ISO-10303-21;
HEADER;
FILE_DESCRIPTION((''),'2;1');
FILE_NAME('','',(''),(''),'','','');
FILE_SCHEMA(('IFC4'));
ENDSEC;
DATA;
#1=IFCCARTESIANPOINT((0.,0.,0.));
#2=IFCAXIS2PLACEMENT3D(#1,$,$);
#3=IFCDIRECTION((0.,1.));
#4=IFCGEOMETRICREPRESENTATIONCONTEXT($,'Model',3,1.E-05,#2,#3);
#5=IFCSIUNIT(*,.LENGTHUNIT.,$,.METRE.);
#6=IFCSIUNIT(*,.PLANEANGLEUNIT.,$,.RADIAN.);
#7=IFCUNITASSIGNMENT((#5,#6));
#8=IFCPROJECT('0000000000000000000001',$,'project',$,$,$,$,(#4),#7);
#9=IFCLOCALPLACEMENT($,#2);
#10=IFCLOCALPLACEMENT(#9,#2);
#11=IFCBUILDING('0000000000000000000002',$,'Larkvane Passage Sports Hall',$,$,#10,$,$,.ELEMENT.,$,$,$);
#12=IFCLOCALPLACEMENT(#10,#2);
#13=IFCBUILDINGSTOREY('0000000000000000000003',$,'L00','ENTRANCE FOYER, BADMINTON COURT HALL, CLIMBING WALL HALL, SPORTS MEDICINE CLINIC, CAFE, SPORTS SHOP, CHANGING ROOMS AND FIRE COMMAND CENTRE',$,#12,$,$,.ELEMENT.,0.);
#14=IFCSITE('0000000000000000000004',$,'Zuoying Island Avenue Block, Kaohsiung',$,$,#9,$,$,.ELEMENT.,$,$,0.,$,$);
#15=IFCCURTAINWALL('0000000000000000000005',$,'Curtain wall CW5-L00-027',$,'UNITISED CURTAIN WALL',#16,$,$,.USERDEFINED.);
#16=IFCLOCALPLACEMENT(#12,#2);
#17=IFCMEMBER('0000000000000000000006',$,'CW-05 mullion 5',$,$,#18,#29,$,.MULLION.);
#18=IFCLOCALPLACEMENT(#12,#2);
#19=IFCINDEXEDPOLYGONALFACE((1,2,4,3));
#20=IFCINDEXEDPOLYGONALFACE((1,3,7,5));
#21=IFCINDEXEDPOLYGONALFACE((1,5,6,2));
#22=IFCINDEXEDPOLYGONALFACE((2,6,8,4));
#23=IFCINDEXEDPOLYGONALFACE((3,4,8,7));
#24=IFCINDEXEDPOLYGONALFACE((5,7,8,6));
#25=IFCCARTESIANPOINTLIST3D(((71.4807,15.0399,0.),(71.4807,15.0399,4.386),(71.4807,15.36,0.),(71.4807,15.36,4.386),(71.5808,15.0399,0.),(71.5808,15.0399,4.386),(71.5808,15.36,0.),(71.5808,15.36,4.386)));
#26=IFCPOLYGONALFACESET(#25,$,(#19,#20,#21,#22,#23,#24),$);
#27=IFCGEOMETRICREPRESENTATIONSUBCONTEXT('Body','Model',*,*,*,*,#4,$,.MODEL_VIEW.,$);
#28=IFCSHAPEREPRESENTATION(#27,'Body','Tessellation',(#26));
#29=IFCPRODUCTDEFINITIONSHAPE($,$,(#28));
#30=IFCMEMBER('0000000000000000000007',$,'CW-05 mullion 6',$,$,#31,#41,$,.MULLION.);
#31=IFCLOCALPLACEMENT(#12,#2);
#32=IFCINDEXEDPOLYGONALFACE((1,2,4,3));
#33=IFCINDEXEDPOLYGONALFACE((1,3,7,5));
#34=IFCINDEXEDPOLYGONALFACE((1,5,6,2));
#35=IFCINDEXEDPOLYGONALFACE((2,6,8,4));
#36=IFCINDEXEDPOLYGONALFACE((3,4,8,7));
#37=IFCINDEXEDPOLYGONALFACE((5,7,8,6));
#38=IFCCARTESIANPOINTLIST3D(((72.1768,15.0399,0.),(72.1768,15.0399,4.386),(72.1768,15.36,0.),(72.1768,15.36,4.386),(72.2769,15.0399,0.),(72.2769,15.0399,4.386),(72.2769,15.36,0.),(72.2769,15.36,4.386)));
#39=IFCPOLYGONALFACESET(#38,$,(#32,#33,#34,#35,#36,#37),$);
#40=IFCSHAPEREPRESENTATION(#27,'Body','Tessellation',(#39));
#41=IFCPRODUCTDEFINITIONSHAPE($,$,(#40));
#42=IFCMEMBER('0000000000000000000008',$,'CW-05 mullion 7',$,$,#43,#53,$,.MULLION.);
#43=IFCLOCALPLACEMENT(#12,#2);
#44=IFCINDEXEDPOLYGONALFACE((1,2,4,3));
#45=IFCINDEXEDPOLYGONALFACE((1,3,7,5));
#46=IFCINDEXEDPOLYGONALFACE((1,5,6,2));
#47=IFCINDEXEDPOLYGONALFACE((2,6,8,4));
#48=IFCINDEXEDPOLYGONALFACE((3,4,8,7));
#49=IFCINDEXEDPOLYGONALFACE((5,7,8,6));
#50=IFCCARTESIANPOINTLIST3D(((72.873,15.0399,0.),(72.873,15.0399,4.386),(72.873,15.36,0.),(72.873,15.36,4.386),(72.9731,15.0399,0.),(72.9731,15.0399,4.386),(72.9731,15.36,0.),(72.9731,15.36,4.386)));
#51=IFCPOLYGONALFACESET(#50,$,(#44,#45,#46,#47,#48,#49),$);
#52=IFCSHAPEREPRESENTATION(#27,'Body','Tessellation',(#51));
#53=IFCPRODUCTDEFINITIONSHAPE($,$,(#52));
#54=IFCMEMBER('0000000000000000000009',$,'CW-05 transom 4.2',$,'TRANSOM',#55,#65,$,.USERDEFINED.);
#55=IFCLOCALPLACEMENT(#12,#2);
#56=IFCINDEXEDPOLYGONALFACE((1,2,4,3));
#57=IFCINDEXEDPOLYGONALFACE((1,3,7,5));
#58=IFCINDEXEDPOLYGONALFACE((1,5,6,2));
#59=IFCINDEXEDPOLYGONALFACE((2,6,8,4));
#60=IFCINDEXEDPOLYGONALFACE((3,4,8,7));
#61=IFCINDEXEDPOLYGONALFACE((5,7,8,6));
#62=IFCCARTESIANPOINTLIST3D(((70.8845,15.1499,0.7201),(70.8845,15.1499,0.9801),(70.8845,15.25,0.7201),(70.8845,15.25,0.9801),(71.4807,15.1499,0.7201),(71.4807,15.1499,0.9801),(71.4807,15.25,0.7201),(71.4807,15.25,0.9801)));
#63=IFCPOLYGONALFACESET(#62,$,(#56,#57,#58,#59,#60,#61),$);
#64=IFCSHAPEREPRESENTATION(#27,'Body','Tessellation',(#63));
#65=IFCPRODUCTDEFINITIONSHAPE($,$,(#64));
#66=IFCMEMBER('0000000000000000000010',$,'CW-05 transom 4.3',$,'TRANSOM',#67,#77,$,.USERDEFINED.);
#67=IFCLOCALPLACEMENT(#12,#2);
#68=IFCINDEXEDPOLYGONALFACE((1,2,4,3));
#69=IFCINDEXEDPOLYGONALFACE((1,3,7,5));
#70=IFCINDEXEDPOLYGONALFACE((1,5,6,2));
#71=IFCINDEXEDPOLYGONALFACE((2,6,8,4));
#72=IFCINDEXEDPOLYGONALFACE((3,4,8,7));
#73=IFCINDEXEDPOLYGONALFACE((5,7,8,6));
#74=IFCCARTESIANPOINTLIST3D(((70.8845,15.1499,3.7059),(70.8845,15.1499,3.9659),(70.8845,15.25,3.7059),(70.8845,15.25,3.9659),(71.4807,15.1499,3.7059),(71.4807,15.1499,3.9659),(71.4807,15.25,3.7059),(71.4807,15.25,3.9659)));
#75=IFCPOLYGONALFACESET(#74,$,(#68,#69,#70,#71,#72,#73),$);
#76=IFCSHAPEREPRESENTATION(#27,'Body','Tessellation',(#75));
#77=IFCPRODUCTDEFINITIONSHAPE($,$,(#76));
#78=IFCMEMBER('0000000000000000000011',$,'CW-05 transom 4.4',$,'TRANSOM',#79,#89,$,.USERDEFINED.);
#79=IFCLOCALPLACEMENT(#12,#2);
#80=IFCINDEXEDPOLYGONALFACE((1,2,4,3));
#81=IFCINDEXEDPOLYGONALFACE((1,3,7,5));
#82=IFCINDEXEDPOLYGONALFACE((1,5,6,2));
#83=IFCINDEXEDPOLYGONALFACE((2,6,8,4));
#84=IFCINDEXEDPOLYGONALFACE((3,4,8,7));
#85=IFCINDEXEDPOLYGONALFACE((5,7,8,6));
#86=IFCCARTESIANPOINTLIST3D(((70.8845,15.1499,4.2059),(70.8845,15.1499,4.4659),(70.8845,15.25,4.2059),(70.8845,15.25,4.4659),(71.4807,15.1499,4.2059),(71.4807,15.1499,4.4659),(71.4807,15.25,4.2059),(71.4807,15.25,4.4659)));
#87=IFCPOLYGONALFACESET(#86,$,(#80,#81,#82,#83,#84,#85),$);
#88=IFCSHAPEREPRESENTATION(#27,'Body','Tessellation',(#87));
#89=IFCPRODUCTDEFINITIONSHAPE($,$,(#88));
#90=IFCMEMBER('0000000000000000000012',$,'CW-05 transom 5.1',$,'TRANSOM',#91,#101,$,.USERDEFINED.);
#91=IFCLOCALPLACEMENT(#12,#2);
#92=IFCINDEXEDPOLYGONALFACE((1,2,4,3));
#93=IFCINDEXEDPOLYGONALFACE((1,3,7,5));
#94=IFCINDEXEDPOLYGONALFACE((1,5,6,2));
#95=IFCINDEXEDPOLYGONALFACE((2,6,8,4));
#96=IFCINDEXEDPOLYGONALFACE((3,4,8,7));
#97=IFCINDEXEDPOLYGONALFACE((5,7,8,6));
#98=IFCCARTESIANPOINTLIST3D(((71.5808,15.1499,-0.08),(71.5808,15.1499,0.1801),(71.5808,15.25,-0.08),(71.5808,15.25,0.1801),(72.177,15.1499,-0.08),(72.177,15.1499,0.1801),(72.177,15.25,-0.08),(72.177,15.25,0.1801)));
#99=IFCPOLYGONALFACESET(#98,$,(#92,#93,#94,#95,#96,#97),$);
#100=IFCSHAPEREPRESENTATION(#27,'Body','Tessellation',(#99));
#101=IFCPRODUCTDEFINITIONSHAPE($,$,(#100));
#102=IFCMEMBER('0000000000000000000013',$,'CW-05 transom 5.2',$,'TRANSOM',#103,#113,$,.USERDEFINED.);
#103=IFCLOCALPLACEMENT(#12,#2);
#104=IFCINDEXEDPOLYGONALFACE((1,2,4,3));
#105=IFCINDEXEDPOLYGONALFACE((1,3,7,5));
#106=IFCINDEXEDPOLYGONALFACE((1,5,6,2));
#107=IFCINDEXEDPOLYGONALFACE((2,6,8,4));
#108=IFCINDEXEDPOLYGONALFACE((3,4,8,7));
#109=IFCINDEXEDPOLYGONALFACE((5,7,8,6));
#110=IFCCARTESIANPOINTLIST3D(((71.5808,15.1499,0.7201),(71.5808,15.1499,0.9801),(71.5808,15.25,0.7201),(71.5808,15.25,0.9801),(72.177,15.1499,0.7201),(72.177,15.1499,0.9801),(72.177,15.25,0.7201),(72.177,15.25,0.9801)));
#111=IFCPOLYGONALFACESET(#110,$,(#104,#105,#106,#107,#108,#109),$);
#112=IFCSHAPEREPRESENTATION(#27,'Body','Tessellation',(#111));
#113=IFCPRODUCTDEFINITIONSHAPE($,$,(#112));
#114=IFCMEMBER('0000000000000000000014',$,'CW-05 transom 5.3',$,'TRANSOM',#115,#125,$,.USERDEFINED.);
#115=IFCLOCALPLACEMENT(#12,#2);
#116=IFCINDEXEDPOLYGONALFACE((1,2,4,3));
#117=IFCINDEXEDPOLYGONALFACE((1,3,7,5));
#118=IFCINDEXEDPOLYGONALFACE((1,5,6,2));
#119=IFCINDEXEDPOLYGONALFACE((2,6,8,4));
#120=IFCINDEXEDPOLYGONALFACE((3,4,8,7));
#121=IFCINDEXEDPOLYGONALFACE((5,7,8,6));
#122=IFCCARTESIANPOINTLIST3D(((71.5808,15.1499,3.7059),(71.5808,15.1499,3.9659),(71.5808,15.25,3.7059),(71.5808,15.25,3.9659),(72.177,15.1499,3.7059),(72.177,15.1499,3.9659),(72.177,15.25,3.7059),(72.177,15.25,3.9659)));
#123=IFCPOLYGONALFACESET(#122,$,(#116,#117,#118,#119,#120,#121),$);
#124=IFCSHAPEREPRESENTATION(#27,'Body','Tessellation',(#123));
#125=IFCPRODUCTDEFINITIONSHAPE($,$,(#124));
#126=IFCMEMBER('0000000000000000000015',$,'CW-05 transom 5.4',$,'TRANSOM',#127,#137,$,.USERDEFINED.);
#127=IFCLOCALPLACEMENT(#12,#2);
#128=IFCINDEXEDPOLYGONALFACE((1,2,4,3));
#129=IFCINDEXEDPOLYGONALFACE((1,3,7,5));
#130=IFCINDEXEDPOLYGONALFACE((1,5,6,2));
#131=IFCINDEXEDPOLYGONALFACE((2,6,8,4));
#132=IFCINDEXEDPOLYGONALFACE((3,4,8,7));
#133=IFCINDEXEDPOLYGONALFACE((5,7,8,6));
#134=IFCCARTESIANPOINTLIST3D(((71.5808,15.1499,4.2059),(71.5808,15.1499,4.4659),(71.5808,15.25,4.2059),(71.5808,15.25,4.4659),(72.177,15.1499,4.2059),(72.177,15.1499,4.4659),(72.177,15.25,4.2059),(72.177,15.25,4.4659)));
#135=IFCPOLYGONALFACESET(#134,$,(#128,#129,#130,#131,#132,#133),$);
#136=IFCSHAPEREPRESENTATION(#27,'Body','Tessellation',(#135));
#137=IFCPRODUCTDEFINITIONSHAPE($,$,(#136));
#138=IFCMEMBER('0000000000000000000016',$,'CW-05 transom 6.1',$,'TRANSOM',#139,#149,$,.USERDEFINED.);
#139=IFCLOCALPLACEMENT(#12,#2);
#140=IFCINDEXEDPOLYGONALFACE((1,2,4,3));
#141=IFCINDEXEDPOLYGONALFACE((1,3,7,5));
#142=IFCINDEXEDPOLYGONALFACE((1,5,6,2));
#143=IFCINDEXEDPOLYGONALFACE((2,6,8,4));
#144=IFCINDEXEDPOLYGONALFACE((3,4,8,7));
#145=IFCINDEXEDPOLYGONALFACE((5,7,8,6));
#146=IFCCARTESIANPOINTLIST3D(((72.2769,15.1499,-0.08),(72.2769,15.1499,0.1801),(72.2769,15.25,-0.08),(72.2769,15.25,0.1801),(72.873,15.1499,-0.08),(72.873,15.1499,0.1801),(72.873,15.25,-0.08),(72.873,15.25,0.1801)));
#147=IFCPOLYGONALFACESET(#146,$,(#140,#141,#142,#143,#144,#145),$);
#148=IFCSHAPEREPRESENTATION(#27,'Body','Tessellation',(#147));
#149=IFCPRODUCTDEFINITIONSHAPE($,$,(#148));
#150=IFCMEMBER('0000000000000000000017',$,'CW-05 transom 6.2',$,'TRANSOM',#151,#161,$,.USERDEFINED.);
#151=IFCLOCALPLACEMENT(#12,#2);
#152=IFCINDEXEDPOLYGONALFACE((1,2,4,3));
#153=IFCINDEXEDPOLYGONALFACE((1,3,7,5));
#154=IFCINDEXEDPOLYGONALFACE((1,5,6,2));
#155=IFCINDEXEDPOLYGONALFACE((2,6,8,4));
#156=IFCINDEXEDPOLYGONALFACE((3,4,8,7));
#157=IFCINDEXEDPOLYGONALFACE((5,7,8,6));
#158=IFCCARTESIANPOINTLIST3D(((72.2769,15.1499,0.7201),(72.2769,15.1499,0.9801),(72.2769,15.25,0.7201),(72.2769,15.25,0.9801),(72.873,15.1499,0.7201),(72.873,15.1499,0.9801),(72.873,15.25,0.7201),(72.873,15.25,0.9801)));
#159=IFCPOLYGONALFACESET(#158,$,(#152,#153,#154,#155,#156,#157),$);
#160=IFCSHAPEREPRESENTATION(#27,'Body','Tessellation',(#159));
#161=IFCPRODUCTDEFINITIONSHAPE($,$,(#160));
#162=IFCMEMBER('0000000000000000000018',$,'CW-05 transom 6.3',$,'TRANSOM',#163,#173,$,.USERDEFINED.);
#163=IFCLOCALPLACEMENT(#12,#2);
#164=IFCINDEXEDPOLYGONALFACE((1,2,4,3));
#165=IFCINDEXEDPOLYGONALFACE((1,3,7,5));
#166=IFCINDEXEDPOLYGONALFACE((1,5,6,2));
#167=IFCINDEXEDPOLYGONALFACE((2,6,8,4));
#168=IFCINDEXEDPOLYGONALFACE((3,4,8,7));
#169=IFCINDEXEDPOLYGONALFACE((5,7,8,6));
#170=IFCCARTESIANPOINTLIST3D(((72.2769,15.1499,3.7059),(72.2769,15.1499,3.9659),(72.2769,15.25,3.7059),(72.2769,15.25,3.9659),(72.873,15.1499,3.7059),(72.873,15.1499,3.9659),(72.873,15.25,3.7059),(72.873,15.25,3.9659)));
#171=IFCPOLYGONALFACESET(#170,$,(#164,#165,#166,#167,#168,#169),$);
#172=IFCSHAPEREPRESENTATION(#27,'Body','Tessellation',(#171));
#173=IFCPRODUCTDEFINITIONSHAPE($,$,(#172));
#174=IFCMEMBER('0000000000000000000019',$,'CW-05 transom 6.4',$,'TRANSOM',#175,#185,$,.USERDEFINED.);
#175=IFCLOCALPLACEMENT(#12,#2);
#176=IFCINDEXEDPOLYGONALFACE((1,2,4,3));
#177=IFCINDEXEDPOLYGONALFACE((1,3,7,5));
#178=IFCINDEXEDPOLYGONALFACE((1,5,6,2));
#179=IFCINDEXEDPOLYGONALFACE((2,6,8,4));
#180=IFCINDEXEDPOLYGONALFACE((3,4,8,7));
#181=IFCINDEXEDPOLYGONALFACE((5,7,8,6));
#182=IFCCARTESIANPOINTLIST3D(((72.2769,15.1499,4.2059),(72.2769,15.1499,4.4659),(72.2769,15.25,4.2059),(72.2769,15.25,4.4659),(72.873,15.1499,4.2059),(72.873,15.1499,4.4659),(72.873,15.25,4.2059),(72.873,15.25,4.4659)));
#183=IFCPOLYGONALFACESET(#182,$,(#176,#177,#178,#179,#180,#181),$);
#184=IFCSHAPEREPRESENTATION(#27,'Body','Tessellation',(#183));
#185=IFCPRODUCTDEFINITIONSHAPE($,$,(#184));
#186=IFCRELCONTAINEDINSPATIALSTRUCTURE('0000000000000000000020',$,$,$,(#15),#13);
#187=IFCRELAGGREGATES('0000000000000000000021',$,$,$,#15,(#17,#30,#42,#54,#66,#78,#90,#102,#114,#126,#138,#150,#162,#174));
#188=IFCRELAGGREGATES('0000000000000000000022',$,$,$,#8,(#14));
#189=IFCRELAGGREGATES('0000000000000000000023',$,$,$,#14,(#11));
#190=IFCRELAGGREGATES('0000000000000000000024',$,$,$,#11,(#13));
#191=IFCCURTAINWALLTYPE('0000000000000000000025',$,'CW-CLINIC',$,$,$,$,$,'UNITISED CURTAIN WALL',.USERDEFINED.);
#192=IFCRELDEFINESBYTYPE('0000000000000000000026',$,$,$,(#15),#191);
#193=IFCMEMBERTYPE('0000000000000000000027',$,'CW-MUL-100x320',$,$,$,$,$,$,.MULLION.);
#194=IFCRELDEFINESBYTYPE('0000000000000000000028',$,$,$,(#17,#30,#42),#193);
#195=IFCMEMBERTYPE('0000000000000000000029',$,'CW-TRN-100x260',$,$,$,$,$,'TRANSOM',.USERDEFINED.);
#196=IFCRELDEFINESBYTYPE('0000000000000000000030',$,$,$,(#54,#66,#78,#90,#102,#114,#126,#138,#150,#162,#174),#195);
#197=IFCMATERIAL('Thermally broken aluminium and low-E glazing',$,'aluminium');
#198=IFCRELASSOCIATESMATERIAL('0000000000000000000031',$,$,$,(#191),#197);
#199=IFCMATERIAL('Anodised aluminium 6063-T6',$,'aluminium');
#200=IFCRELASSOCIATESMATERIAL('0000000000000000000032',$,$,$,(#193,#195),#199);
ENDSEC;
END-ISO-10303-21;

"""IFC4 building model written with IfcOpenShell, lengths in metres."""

from ifc_helpers import new_model, si_unit, direction, frame, origin, origin_2d, place, context, subcontext, project, spatial, rectangle, extrude, material, material_profile, profile_set, type_object, element, aggregate, save


model = new_model("IFC4")

# Units and contexts
model_context = context("Model", 3, precision=1e-05, world=origin(), true_north=direction((0.0, 1.0)))
body_context = subcontext(model_context, "Body", "Model", "MODEL_VIEW")
ifc_project = project(units=[si_unit("LENGTHUNIT", "METRE"), si_unit("PLANEANGLEUNIT", "RADIAN")], contexts=[model_context])

# Site, building, storey
site_placement = place(None, origin())
site = spatial("IfcSite", under=ifc_project, at=site_placement, Name="Zuoying Island Avenue Block, Kaohsiung", CompositionType="ELEMENT", RefElevation=0.0)
building_placement = place(site_placement, origin())
building = spatial("IfcBuilding", under=site, at=building_placement, Name="Larkvane Passage Sports Hall", CompositionType="ELEMENT")
storey_placement = place(building_placement, origin())
storey = spatial("IfcBuildingStorey", under=building, at=storey_placement, Name="L00", Description="ENTRANCE FOYER, BADMINTON COURT HALL, CLIMBING WALL HALL, SPORTS MEDICINE CLINIC, CAFE, SPORTS SHOP, CHANGING ROOMS AND FIRE COMMAND CENTRE", CompositionType="ELEMENT", Elevation=0.0)

# Curtain wall, members
ifc_material_1 = material(Name="Thermally broken aluminium and low-E glazing", Category="aluminium")
curtain_wall_type = type_object("IfcCurtainWallType", Name="CW-CLINIC", ElementType="UNITISED CURTAIN WALL", PredefinedType="USERDEFINED", material=ifc_material_1)
curtain_wall_placement = place(storey_placement, origin())
curtain_wall = element("IfcCurtainWall", 1, at=curtain_wall_placement, inside=storey, type_object=curtain_wall_type, Name="Curtain wall CW5-L00-027", ObjectType="UNITISED CURTAIN WALL", PredefinedType="USERDEFINED")
ifc_material_2 = material(Name="Anodised aluminium 6063-T6", Category="aluminium")
ifc_material_profile_1 = material_profile(ifc_material_2, rectangle(XDim=0.1001, YDim=0.3201, at=origin_2d()), Name="ALU-MUL-100x320")
ifc_profile_set_1 = profile_set([ifc_material_profile_1], Name="Anodised aluminium 6063-T6")
member_type_1 = type_object("IfcMemberType", Name="CW-MUL-100x320", PredefinedType="MULLION", material=ifc_profile_set_1)
member_1_placement = place(storey_placement, frame((71.5308, 15.2, 0.0), z_axis=(0.0, 0.0, 1.0), x_axis=(1.0, 0.0, 0.0)))
member_1 = element("IfcMember", 2, at=member_1_placement, type_object=member_type_1, Name="CW-05 mullion 5", PredefinedType="MULLION", context=body_context, shape_type="SweptSolid", body=[
    extrude(rectangle(XDim=0.1001, YDim=0.3201, at=origin_2d()), origin(), (0.0, 0.0, 1.0), 4.386),
])
member_2_placement = place(storey_placement, frame((72.2268, 15.2, 0.0), z_axis=(0.0, 0.0, 1.0), x_axis=(1.0, 0.0, 0.0)))
member_2 = element("IfcMember", 3, at=member_2_placement, type_object=member_type_1, Name="CW-05 mullion 6", PredefinedType="MULLION", context=body_context, shape_type="SweptSolid", body=[
    extrude(rectangle(XDim=0.1001, YDim=0.3201, at=origin_2d()), origin(), (0.0, 0.0, 1.0), 4.386),
])
member_3_placement = place(storey_placement, frame((72.9231, 15.2, 0.0), z_axis=(0.0, 0.0, 1.0), x_axis=(1.0, 0.0, 0.0)))
member_3 = element("IfcMember", 4, at=member_3_placement, type_object=member_type_1, Name="CW-05 mullion 7", PredefinedType="MULLION", context=body_context, shape_type="SweptSolid", body=[
    extrude(rectangle(XDim=0.1001, YDim=0.3201, at=origin_2d()), origin(), (0.0, 0.0, 1.0), 4.386),
])
ifc_material_profile_2 = material_profile(ifc_material_2, rectangle(XDim=0.1001, YDim=0.26, at=origin_2d()), Name="ALU-TRN-100x260")
ifc_profile_set_2 = profile_set([ifc_material_profile_2], Name="Anodised aluminium 6063-T6")
member_type_2 = type_object("IfcMemberType", Name="CW-TRN-100x260", ElementType="TRANSOM", PredefinedType="USERDEFINED", material=ifc_profile_set_2)
member_4_placement = place(storey_placement, frame((70.8845, 15.2, 0.8501), z_axis=(1.0, 0.0, 0.0), x_axis=(0.0, 1.0, 0.0)))
member_4 = element("IfcMember", 5, at=member_4_placement, type_object=member_type_2, Name="CW-05 transom 4.2", ObjectType="TRANSOM", PredefinedType="USERDEFINED", context=body_context, shape_type="SweptSolid", body=[
    extrude(rectangle(XDim=0.1001, YDim=0.26, at=origin_2d()), origin(), (0.0, 0.0, 1.0), 0.5962),
])
member_5_placement = place(storey_placement, frame((70.8845, 15.2, 3.8359), z_axis=(1.0, 0.0, 0.0), x_axis=(0.0, 1.0, 0.0)))
member_5 = element("IfcMember", 6, at=member_5_placement, type_object=member_type_2, Name="CW-05 transom 4.3", ObjectType="TRANSOM", PredefinedType="USERDEFINED", context=body_context, shape_type="SweptSolid", body=[
    extrude(rectangle(XDim=0.1001, YDim=0.26, at=origin_2d()), origin(), (0.0, 0.0, 1.0), 0.5962),
])
member_6_placement = place(storey_placement, frame((70.8845, 15.2, 4.3359), z_axis=(1.0, 0.0, 0.0), x_axis=(0.0, 1.0, 0.0)))
member_6 = element("IfcMember", 7, at=member_6_placement, type_object=member_type_2, Name="CW-05 transom 4.4", ObjectType="TRANSOM", PredefinedType="USERDEFINED", context=body_context, shape_type="SweptSolid", body=[
    extrude(rectangle(XDim=0.1001, YDim=0.26, at=origin_2d()), origin(), (0.0, 0.0, 1.0), 0.5962),
])
member_7_placement = place(storey_placement, frame((71.5808, 15.2, 0.05), z_axis=(1.0, 0.0, 0.0), x_axis=(0.0, 1.0, 0.0)))
member_7 = element("IfcMember", 8, at=member_7_placement, type_object=member_type_2, Name="CW-05 transom 5.1", ObjectType="TRANSOM", PredefinedType="USERDEFINED", context=body_context, shape_type="SweptSolid", body=[
    extrude(rectangle(XDim=0.1001, YDim=0.26, at=origin_2d()), origin(), (0.0, 0.0, 1.0), 0.5962),
])
member_8_placement = place(storey_placement, frame((71.5808, 15.2, 0.8501), z_axis=(1.0, 0.0, 0.0), x_axis=(0.0, 1.0, 0.0)))
member_8 = element("IfcMember", 9, at=member_8_placement, type_object=member_type_2, Name="CW-05 transom 5.2", ObjectType="TRANSOM", PredefinedType="USERDEFINED", context=body_context, shape_type="SweptSolid", body=[
    extrude(rectangle(XDim=0.1001, YDim=0.26, at=origin_2d()), origin(), (0.0, 0.0, 1.0), 0.5962),
])
member_9_placement = place(storey_placement, frame((71.5808, 15.2, 3.8359), z_axis=(1.0, 0.0, 0.0), x_axis=(0.0, 1.0, 0.0)))
member_9 = element("IfcMember", 10, at=member_9_placement, type_object=member_type_2, Name="CW-05 transom 5.3", ObjectType="TRANSOM", PredefinedType="USERDEFINED", context=body_context, shape_type="SweptSolid", body=[
    extrude(rectangle(XDim=0.1001, YDim=0.26, at=origin_2d()), origin(), (0.0, 0.0, 1.0), 0.5962),
])
member_10_placement = place(storey_placement, frame((71.5808, 15.2, 4.3359), z_axis=(1.0, 0.0, 0.0), x_axis=(0.0, 1.0, 0.0)))
member_10 = element("IfcMember", 11, at=member_10_placement, type_object=member_type_2, Name="CW-05 transom 5.4", ObjectType="TRANSOM", PredefinedType="USERDEFINED", context=body_context, shape_type="SweptSolid", body=[
    extrude(rectangle(XDim=0.1001, YDim=0.26, at=origin_2d()), origin(), (0.0, 0.0, 1.0), 0.5962),
])
member_11_placement = place(storey_placement, frame((72.2769, 15.2, 0.05), z_axis=(1.0, 0.0, 0.0), x_axis=(0.0, 1.0, 0.0)))
member_11 = element("IfcMember", 12, at=member_11_placement, type_object=member_type_2, Name="CW-05 transom 6.1", ObjectType="TRANSOM", PredefinedType="USERDEFINED", context=body_context, shape_type="SweptSolid", body=[
    extrude(rectangle(XDim=0.1001, YDim=0.26, at=origin_2d()), origin(), (0.0, 0.0, 1.0), 0.5962),
])
member_12_placement = place(storey_placement, frame((72.2769, 15.2, 0.8501), z_axis=(1.0, 0.0, 0.0), x_axis=(0.0, 1.0, 0.0)))
member_12 = element("IfcMember", 13, at=member_12_placement, type_object=member_type_2, Name="CW-05 transom 6.2", ObjectType="TRANSOM", PredefinedType="USERDEFINED", context=body_context, shape_type="SweptSolid", body=[
    extrude(rectangle(XDim=0.1001, YDim=0.26, at=origin_2d()), origin(), (0.0, 0.0, 1.0), 0.5962),
])
member_13_placement = place(storey_placement, frame((72.2769, 15.2, 3.8359), z_axis=(1.0, 0.0, 0.0), x_axis=(0.0, 1.0, 0.0)))
member_13 = element("IfcMember", 14, at=member_13_placement, type_object=member_type_2, Name="CW-05 transom 6.3", ObjectType="TRANSOM", PredefinedType="USERDEFINED", context=body_context, shape_type="SweptSolid", body=[
    extrude(rectangle(XDim=0.1001, YDim=0.26, at=origin_2d()), origin(), (0.0, 0.0, 1.0), 0.5962),
])
member_14_placement = place(storey_placement, frame((72.2769, 15.2, 4.3359), z_axis=(1.0, 0.0, 0.0), x_axis=(0.0, 1.0, 0.0)))
member_14 = element("IfcMember", 15, at=member_14_placement, type_object=member_type_2, Name="CW-05 transom 6.4", ObjectType="TRANSOM", PredefinedType="USERDEFINED", context=body_context, shape_type="SweptSolid", body=[
    extrude(rectangle(XDim=0.1001, YDim=0.26, at=origin_2d()), origin(), (0.0, 0.0, 1.0), 0.5962),
])
aggregate(curtain_wall, [member_1, member_2, member_3, member_4, member_5, member_6, member_7, member_8, member_9, member_10, member_11, member_12, member_13, member_14])

save(model, "model.ifc")
